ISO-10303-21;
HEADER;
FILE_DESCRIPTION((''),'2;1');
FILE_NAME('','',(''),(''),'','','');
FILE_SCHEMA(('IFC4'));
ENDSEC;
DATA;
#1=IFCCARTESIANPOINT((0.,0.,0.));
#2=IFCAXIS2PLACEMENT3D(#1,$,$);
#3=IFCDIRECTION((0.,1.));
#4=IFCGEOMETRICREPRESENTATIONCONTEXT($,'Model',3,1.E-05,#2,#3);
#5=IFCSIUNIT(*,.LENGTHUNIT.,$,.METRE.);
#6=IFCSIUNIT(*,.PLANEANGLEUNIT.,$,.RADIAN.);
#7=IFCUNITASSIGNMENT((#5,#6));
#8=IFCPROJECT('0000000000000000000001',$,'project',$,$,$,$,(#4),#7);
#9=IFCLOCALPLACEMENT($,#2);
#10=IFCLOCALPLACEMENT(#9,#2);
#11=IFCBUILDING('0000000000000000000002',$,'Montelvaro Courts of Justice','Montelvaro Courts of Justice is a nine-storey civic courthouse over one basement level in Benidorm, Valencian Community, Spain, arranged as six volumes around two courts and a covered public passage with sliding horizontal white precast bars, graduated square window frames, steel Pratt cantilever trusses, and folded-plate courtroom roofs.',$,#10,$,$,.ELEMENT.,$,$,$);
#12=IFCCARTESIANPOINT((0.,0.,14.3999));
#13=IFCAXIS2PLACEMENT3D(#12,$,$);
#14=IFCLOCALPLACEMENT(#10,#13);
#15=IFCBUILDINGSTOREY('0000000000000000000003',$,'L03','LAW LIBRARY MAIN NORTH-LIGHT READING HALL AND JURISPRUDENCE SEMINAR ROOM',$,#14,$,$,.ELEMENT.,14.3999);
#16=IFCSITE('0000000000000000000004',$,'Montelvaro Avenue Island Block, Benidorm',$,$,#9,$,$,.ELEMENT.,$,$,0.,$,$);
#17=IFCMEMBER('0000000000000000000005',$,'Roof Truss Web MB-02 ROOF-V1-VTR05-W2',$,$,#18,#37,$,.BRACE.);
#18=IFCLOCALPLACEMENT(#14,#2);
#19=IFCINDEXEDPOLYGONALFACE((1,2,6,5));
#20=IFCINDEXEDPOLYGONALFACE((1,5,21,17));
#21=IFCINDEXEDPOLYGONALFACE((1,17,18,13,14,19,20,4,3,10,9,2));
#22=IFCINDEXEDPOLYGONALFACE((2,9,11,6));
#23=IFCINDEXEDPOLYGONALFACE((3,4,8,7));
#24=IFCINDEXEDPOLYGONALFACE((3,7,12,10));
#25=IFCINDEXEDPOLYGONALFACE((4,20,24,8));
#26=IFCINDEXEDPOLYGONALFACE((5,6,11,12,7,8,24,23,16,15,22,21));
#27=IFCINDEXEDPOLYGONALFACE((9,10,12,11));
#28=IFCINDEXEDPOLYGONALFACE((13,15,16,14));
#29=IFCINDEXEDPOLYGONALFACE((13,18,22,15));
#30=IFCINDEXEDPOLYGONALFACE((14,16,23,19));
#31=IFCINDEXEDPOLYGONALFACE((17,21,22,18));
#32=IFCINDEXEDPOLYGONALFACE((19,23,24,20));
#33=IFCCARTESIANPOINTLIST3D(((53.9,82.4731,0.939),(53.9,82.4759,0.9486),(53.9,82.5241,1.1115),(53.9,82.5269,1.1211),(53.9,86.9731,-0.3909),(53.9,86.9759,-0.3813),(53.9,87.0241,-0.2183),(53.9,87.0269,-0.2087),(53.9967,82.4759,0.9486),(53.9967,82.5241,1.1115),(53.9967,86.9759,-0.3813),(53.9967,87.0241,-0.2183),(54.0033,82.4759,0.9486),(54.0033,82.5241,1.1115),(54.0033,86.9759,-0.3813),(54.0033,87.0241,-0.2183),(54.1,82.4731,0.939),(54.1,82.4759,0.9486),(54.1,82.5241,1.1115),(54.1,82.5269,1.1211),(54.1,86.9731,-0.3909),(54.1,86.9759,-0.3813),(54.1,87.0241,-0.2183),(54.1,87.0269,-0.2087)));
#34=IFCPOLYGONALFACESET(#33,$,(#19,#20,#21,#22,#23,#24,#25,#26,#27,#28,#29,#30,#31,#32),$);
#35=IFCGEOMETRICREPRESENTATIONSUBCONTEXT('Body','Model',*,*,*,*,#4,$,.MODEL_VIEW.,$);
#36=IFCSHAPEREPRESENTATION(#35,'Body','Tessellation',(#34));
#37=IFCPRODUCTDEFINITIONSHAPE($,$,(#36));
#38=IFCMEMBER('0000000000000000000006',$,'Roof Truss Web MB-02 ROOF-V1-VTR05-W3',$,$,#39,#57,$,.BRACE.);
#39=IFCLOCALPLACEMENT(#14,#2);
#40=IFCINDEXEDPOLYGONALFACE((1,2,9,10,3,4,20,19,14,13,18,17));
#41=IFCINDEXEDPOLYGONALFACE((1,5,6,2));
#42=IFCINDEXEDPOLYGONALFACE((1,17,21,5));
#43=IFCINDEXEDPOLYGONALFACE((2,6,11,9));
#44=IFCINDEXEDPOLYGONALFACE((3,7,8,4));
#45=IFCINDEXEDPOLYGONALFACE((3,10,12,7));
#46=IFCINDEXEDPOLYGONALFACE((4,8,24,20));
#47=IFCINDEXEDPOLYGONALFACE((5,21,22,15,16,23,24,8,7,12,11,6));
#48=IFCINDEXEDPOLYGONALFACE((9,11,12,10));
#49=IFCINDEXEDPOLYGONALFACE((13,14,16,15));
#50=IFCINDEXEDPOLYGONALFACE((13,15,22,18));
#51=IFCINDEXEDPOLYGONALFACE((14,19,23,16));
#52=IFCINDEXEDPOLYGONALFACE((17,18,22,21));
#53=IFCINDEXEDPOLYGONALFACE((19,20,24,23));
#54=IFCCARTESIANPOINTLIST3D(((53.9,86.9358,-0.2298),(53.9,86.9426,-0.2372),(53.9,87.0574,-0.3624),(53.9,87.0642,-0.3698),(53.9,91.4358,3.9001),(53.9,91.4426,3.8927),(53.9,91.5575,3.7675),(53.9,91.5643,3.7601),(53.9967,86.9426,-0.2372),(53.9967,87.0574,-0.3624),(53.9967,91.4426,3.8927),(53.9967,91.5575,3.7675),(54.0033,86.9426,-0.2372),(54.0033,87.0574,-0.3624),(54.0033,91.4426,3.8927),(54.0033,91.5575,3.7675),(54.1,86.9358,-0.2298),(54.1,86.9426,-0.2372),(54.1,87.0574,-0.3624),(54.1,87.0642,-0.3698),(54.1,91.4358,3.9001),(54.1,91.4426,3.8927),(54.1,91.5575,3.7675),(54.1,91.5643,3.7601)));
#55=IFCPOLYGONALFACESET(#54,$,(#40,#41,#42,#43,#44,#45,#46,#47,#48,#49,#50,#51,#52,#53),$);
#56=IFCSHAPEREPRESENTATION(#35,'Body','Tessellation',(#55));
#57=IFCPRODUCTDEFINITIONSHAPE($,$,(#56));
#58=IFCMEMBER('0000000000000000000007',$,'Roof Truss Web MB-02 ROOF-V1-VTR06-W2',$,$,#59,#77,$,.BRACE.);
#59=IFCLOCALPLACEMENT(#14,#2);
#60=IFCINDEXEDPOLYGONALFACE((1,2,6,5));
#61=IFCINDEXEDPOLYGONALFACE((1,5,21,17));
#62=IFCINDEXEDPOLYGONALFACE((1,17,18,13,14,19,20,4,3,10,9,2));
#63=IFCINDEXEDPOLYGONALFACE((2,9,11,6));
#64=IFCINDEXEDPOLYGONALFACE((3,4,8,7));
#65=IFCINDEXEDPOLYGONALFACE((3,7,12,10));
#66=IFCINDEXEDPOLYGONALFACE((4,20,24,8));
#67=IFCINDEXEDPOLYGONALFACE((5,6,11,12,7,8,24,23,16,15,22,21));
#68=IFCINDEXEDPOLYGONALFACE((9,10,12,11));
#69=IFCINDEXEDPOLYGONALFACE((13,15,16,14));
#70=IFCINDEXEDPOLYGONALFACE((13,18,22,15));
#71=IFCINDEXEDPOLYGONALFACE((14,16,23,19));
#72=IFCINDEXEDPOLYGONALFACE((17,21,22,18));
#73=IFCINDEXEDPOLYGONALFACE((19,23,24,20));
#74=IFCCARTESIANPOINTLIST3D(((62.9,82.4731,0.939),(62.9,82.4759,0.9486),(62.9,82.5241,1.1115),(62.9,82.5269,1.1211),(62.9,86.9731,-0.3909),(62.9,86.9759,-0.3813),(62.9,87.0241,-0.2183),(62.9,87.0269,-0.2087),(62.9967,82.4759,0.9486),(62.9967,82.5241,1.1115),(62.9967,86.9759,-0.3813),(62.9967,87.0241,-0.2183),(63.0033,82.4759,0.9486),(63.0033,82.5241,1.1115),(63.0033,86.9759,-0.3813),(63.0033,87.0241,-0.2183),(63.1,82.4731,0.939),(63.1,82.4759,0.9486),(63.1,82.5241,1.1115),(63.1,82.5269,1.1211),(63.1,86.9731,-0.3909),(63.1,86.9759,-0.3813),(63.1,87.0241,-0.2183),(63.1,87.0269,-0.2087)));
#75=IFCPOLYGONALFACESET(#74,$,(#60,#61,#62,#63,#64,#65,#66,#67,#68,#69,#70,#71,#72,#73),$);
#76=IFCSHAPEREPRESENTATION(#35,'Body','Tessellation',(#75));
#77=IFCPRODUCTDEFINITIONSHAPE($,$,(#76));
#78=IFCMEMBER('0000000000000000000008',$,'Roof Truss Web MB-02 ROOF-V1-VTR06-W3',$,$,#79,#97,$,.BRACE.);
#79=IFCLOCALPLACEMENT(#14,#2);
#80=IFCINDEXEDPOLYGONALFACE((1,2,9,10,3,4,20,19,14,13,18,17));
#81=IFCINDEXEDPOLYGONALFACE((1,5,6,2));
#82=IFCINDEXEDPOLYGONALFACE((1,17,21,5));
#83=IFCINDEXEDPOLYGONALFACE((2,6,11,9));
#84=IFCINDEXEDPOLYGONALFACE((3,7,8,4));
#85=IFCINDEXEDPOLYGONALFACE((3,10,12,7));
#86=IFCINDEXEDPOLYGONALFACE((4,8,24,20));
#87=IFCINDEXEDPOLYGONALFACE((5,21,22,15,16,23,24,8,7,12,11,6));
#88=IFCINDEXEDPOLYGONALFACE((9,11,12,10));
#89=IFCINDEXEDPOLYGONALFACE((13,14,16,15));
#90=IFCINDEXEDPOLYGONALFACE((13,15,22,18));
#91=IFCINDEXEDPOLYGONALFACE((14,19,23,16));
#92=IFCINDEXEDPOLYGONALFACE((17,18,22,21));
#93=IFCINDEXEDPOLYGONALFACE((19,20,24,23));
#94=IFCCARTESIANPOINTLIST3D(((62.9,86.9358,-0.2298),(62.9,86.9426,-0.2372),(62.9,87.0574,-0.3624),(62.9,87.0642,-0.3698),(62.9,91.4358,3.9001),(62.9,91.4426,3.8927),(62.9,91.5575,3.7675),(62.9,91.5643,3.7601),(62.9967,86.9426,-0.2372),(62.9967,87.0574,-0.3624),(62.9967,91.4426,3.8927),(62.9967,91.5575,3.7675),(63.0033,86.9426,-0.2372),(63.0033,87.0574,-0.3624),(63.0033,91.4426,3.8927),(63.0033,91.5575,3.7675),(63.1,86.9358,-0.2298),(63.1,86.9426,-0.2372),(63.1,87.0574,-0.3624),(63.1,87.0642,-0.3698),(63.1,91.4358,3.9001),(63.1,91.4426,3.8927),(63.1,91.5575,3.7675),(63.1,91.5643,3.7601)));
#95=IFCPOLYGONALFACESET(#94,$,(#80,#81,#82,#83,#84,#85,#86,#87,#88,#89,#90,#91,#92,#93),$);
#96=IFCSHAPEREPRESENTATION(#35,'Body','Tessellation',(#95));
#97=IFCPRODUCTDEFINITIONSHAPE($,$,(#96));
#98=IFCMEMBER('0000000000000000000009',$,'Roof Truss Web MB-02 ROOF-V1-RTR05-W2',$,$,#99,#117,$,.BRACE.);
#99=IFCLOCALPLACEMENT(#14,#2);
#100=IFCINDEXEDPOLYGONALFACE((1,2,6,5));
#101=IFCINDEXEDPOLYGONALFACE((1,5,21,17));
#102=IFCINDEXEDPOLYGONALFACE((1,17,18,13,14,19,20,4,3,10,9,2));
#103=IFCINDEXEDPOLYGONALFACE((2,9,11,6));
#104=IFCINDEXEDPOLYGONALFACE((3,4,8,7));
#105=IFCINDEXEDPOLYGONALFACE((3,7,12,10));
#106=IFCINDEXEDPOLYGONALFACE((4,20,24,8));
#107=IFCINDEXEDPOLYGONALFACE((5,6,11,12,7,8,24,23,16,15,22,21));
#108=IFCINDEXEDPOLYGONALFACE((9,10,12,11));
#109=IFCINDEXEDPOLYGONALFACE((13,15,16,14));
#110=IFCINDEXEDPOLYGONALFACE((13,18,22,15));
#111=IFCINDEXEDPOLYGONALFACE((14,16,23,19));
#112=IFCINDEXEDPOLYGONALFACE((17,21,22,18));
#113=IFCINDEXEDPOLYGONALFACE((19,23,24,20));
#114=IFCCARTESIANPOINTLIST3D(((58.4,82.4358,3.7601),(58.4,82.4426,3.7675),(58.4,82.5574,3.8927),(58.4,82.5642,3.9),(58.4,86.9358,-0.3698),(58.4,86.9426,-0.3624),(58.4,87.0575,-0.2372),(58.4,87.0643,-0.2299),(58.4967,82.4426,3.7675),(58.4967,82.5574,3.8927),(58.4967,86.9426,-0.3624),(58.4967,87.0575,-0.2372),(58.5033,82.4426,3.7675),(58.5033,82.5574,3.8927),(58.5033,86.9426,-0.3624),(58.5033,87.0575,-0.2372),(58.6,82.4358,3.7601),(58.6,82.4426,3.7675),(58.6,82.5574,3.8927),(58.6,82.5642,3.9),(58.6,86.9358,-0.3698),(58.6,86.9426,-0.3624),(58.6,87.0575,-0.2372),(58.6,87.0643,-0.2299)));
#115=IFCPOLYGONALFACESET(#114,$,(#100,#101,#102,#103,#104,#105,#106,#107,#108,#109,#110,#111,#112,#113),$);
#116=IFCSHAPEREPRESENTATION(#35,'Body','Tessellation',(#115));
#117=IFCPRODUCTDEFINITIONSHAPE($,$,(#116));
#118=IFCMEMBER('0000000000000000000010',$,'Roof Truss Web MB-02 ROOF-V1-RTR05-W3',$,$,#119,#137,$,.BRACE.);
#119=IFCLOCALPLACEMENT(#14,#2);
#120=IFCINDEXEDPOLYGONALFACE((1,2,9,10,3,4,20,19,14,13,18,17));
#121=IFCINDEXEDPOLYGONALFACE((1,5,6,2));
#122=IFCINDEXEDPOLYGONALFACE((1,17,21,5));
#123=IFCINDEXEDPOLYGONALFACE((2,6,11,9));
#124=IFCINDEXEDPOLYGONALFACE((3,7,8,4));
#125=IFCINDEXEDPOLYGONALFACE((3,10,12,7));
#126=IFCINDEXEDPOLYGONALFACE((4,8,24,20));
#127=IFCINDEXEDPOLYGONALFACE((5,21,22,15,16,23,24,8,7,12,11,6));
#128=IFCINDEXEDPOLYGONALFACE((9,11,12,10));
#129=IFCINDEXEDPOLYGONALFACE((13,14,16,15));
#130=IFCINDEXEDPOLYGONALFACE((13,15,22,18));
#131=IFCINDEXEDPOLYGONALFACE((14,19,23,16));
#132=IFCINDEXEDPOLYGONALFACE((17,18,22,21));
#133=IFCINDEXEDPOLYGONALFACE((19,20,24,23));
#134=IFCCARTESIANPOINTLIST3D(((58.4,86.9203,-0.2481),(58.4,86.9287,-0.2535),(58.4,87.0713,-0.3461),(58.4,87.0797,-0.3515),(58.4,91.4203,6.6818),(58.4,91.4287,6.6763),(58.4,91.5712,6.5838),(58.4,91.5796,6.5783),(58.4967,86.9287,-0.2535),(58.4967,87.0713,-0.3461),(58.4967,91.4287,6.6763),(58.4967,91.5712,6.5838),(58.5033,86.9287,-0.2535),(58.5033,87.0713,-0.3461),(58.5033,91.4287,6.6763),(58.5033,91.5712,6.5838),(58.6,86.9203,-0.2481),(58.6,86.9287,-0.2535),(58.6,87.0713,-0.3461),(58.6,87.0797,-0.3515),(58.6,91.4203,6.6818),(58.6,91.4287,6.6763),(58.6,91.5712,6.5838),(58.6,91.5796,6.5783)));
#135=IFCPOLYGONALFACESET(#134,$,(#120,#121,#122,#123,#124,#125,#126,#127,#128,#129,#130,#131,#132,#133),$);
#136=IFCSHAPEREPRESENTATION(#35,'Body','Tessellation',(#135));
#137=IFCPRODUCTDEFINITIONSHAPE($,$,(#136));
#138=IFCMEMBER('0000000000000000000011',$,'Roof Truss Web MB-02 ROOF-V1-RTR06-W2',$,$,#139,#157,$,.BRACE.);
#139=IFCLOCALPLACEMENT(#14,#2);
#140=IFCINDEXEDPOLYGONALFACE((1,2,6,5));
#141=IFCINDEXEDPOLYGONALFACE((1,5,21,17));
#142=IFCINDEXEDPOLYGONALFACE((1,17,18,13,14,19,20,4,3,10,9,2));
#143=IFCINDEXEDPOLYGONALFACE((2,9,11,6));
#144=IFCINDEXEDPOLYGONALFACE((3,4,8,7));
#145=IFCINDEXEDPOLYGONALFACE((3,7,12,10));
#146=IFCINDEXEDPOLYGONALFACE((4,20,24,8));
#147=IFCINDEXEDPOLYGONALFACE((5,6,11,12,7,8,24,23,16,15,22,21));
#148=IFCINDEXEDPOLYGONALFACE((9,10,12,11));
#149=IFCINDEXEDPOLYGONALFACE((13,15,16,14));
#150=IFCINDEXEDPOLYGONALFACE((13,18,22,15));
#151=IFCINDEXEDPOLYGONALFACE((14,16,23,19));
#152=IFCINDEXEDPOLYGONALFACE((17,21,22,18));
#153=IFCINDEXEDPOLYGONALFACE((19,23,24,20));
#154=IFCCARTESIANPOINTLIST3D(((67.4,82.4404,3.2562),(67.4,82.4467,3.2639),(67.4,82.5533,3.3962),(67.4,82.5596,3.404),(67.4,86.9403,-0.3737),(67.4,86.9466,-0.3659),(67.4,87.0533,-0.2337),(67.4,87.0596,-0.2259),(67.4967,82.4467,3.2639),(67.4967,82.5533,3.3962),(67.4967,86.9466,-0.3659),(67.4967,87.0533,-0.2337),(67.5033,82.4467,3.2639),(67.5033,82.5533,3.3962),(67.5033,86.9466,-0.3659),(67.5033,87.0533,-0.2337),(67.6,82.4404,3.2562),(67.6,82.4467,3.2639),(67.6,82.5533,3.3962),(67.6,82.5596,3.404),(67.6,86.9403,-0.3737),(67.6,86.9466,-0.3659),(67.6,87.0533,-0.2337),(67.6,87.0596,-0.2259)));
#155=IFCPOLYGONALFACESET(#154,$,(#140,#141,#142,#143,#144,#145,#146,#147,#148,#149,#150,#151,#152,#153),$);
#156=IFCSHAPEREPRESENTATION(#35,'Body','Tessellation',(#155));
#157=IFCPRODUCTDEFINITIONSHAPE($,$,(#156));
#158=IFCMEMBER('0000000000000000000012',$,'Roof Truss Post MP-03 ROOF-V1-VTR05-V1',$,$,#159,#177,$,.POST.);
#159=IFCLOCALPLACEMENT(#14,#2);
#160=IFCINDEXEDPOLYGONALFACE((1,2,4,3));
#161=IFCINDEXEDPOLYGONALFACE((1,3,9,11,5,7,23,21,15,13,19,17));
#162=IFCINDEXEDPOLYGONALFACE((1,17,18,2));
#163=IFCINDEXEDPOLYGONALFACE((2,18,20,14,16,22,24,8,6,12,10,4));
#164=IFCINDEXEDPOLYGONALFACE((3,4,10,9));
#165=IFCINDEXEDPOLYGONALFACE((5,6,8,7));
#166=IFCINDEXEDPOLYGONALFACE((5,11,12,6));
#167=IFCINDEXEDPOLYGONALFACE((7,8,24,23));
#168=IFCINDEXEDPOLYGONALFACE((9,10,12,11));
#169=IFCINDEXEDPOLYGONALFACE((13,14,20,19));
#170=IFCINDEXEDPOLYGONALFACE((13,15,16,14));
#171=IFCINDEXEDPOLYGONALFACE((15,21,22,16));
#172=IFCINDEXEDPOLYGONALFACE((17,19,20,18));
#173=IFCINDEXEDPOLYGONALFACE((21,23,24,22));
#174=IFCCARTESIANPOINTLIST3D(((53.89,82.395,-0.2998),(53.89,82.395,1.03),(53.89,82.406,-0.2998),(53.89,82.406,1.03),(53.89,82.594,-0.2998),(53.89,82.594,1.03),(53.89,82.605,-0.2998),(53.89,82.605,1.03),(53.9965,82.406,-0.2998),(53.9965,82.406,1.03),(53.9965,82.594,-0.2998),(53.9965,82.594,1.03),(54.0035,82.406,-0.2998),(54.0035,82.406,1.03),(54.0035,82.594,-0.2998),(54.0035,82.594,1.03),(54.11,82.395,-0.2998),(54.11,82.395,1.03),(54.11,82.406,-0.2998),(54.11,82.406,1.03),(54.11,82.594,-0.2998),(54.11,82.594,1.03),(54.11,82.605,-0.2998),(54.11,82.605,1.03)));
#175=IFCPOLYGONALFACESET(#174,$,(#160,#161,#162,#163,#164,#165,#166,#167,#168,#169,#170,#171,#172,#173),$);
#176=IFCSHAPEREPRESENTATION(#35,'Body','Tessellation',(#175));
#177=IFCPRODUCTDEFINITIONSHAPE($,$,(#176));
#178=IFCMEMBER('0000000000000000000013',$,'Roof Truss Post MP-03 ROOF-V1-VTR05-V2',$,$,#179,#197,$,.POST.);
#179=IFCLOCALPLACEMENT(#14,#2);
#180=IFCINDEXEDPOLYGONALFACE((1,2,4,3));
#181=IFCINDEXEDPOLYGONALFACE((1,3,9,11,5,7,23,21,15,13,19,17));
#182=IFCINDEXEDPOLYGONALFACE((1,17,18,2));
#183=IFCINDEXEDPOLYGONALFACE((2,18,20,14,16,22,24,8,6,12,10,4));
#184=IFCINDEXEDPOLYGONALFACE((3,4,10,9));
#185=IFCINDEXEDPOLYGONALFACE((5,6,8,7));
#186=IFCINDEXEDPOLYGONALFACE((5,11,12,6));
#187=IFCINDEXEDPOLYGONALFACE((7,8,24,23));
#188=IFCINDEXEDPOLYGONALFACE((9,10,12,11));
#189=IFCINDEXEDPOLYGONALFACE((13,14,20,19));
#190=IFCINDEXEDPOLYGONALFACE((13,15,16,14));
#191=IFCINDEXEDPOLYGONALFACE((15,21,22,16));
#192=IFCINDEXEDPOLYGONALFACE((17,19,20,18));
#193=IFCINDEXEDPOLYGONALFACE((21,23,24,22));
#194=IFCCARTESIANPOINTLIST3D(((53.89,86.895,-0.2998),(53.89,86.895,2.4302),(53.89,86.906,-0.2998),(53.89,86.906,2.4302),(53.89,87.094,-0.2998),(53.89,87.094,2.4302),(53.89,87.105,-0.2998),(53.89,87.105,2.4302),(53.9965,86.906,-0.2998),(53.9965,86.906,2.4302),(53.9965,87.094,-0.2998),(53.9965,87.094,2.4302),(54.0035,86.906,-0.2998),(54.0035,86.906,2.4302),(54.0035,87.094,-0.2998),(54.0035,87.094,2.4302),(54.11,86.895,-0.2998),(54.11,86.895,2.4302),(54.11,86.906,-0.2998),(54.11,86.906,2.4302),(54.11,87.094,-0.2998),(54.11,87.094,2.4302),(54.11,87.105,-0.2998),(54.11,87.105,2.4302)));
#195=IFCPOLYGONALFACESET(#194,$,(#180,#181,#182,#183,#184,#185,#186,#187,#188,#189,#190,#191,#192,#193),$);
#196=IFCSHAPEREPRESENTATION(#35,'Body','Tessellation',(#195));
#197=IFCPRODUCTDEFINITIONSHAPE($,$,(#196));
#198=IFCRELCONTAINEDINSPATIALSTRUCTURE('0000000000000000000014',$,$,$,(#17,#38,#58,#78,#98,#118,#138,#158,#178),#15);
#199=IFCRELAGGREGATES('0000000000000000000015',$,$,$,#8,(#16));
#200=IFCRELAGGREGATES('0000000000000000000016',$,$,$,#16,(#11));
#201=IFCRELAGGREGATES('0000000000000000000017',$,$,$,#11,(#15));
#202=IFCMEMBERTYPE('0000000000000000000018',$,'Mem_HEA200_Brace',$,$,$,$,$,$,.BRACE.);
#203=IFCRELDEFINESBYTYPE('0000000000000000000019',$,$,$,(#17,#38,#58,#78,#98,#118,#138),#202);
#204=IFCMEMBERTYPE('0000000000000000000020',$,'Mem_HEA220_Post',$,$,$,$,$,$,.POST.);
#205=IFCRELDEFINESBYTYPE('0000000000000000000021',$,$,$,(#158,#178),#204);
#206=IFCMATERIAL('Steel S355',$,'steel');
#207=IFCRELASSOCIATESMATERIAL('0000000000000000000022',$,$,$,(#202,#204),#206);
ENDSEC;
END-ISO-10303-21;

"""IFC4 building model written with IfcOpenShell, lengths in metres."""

from ifc_helpers import new_model, si_unit, direction, frame, origin, origin_2d, place, context, subcontext, project, spatial, i_section, extrude, material, material_profile, profile_set, type_object, element, save


model = new_model("IFC4")

# Units and contexts
model_context = context("Model", 3, precision=1e-05, world=origin(), true_north=direction((0.0, 1.0)))
body_context = subcontext(model_context, "Body", "Model", "MODEL_VIEW")
ifc_project = project(units=[si_unit("LENGTHUNIT", "METRE"), si_unit("PLANEANGLEUNIT", "RADIAN")], contexts=[model_context])

# Site, building, storey
site_placement = place(None, origin())
site = spatial("IfcSite", under=ifc_project, at=site_placement, Name="Montelvaro Avenue Island Block, Benidorm", CompositionType="ELEMENT", RefElevation=0.0)
building_placement = place(site_placement, origin())
building = spatial("IfcBuilding", under=site, at=building_placement, Name="Montelvaro Courts of Justice", Description="Montelvaro Courts of Justice is a nine-storey civic courthouse over one basement level in Benidorm, Valencian Community, Spain, arranged as six volumes around two courts and a covered public passage with sliding horizontal white precast bars, graduated square window frames, steel Pratt cantilever trusses, and folded-plate courtroom roofs.", CompositionType="ELEMENT")
storey_placement = place(building_placement, frame((0.0, 0.0, 14.3999)))
storey = spatial("IfcBuildingStorey", under=building, at=storey_placement, Name="L03", Description="LAW LIBRARY MAIN NORTH-LIGHT READING HALL AND JURISPRUDENCE SEMINAR ROOM", CompositionType="ELEMENT", Elevation=14.3999)

# Members
ifc_material = material(Name="Steel S355", Category="steel")
ifc_material_profile_1 = material_profile(ifc_material, i_section(OverallWidth=0.2, OverallDepth=0.1899, WebThickness=0.0066, FlangeThickness=0.01, at=origin_2d()), Name="HEA 200")
ifc_profile_set_1 = profile_set([ifc_material_profile_1], Name="Steel S355")
member_type_1 = type_object("IfcMemberType", Name="Mem_HEA200_Brace", PredefinedType="BRACE", material=ifc_profile_set_1)
member_1_placement = place(storey_placement, frame((54.0, 82.5, 1.03), z_axis=(0.0, 0.959001, -0.283403), x_axis=(-1.0, 0.0, 0.0)))
element("IfcMember", 1, at=member_1_placement, inside=storey, type_object=member_type_1, Name="Roof Truss Web MB-02 ROOF-V1-VTR05-W2", PredefinedType="BRACE", context=body_context, shape_type="SweptSolid", body=[
    extrude(i_section(OverallWidth=0.2, OverallDepth=0.1899, WebThickness=0.0066, FlangeThickness=0.01, at=origin_2d()), origin(), (0.0, 0.0, 1.0), 4.6924),
])
member_2_placement = place(storey_placement, frame((54.0, 87.0, -0.2998), z_axis=(0.0, 0.736756, 0.676159), x_axis=(-1.0, 0.0, 0.0)))
element("IfcMember", 2, at=member_2_placement, inside=storey, type_object=member_type_1, Name="Roof Truss Web MB-02 ROOF-V1-VTR05-W3", PredefinedType="BRACE", context=body_context, shape_type="SweptSolid", body=[
    extrude(i_section(OverallWidth=0.2, OverallDepth=0.1899, WebThickness=0.0066, FlangeThickness=0.01, at=origin_2d()), origin(), (0.0, 0.0, 1.0), 6.1079),
])
member_3_placement = place(storey_placement, frame((63.0, 82.5, 1.03), z_axis=(0.0, 0.959001, -0.283403), x_axis=(-1.0, 0.0, 0.0)))
element("IfcMember", 3, at=member_3_placement, inside=storey, type_object=member_type_1, Name="Roof Truss Web MB-02 ROOF-V1-VTR06-W2", PredefinedType="BRACE", context=body_context, shape_type="SweptSolid", body=[
    extrude(i_section(OverallWidth=0.2, OverallDepth=0.1899, WebThickness=0.0066, FlangeThickness=0.01, at=origin_2d()), origin(), (0.0, 0.0, 1.0), 4.6924),
])
for number, where, z_axis, x_axis, name in (
    (4, (63.0, 87.0, -0.2998), (0.0, 0.736756, 0.676159), (-1.0, 0.0, 0.0), "Roof Truss Web MB-02 ROOF-V1-VTR06-W3"),
    (5, (58.5, 82.5, 3.8301), (0.0, 0.736756, -0.676159), (-1.0, 0.0, 0.0), "Roof Truss Web MB-02 ROOF-V1-RTR05-W2"),
):
    element("IfcMember", number, at=place(storey_placement, frame(where, z_axis=z_axis, x_axis=x_axis)), inside=storey, type_object=member_type_1, Name=name, PredefinedType="BRACE", context=body_context, shape_type="SweptSolid", body=[
        extrude(i_section(OverallWidth=0.2, OverallDepth=0.1899, WebThickness=0.0066, FlangeThickness=0.01, at=origin_2d()), origin(), (0.0, 0.0, 1.0), 6.1079),
    ])
member_4_placement = place(storey_placement, frame((58.5, 87.0, -0.2998), z_axis=(0.0, 0.544609, 0.83869), x_axis=(-1.0, 0.0, 0.0)))
element("IfcMember", 6, at=member_4_placement, inside=storey, type_object=member_type_1, Name="Roof Truss Web MB-02 ROOF-V1-RTR05-W3", PredefinedType="BRACE", context=body_context, shape_type="SweptSolid", body=[
    extrude(i_section(OverallWidth=0.2, OverallDepth=0.1899, WebThickness=0.0066, FlangeThickness=0.01, at=origin_2d()), origin(), (0.0, 0.0, 1.0), 8.2627),
])
member_5_placement = place(storey_placement, frame((67.5, 82.5, 3.3301), z_axis=(0.0, 0.778341, -0.627842), x_axis=(-1.0, 0.0, 0.0)))
element("IfcMember", 7, at=member_5_placement, inside=storey, type_object=member_type_1, Name="Roof Truss Web MB-02 ROOF-V1-RTR06-W2", PredefinedType="BRACE", context=body_context, shape_type="SweptSolid", body=[
    extrude(i_section(OverallWidth=0.2, OverallDepth=0.1899, WebThickness=0.0066, FlangeThickness=0.01, at=origin_2d()), origin(), (0.0, 0.0, 1.0), 5.7815),
])
ifc_material_profile_2 = material_profile(ifc_material, i_section(OverallWidth=0.22, OverallDepth=0.21, WebThickness=0.0071, FlangeThickness=0.011, at=origin_2d()), Name="HEA 220")
ifc_profile_set_2 = profile_set([ifc_material_profile_2], Name="Steel S355")
member_type_2 = type_object("IfcMemberType", Name="Mem_HEA220_Post", PredefinedType="POST", material=ifc_profile_set_2)
member_6_placement = place(storey_placement, frame((54.0, 82.5, -0.2998), z_axis=(0.0, 0.0, 1.0), x_axis=(1.0, 0.0, 0.0)))
element("IfcMember", 8, at=member_6_placement, inside=storey, type_object=member_type_2, Name="Roof Truss Post MP-03 ROOF-V1-VTR05-V1", PredefinedType="POST", context=body_context, shape_type="SweptSolid", body=[
    extrude(i_section(OverallWidth=0.22, OverallDepth=0.21, WebThickness=0.0071, FlangeThickness=0.011, at=origin_2d()), origin(), (0.0, 0.0, 1.0), 1.3298),
])
member_7_placement = place(storey_placement, frame((54.0, 87.0, -0.2998), z_axis=(0.0, 0.0, 1.0), x_axis=(1.0, 0.0, 0.0)))
element("IfcMember", 9, at=member_7_placement, inside=storey, type_object=member_type_2, Name="Roof Truss Post MP-03 ROOF-V1-VTR05-V2", PredefinedType="POST", context=body_context, shape_type="SweptSolid", body=[
    extrude(i_section(OverallWidth=0.22, OverallDepth=0.21, WebThickness=0.0071, FlangeThickness=0.011, at=origin_2d()), origin(), (0.0, 0.0, 1.0), 2.73),
])

save(model, "model.ifc")
